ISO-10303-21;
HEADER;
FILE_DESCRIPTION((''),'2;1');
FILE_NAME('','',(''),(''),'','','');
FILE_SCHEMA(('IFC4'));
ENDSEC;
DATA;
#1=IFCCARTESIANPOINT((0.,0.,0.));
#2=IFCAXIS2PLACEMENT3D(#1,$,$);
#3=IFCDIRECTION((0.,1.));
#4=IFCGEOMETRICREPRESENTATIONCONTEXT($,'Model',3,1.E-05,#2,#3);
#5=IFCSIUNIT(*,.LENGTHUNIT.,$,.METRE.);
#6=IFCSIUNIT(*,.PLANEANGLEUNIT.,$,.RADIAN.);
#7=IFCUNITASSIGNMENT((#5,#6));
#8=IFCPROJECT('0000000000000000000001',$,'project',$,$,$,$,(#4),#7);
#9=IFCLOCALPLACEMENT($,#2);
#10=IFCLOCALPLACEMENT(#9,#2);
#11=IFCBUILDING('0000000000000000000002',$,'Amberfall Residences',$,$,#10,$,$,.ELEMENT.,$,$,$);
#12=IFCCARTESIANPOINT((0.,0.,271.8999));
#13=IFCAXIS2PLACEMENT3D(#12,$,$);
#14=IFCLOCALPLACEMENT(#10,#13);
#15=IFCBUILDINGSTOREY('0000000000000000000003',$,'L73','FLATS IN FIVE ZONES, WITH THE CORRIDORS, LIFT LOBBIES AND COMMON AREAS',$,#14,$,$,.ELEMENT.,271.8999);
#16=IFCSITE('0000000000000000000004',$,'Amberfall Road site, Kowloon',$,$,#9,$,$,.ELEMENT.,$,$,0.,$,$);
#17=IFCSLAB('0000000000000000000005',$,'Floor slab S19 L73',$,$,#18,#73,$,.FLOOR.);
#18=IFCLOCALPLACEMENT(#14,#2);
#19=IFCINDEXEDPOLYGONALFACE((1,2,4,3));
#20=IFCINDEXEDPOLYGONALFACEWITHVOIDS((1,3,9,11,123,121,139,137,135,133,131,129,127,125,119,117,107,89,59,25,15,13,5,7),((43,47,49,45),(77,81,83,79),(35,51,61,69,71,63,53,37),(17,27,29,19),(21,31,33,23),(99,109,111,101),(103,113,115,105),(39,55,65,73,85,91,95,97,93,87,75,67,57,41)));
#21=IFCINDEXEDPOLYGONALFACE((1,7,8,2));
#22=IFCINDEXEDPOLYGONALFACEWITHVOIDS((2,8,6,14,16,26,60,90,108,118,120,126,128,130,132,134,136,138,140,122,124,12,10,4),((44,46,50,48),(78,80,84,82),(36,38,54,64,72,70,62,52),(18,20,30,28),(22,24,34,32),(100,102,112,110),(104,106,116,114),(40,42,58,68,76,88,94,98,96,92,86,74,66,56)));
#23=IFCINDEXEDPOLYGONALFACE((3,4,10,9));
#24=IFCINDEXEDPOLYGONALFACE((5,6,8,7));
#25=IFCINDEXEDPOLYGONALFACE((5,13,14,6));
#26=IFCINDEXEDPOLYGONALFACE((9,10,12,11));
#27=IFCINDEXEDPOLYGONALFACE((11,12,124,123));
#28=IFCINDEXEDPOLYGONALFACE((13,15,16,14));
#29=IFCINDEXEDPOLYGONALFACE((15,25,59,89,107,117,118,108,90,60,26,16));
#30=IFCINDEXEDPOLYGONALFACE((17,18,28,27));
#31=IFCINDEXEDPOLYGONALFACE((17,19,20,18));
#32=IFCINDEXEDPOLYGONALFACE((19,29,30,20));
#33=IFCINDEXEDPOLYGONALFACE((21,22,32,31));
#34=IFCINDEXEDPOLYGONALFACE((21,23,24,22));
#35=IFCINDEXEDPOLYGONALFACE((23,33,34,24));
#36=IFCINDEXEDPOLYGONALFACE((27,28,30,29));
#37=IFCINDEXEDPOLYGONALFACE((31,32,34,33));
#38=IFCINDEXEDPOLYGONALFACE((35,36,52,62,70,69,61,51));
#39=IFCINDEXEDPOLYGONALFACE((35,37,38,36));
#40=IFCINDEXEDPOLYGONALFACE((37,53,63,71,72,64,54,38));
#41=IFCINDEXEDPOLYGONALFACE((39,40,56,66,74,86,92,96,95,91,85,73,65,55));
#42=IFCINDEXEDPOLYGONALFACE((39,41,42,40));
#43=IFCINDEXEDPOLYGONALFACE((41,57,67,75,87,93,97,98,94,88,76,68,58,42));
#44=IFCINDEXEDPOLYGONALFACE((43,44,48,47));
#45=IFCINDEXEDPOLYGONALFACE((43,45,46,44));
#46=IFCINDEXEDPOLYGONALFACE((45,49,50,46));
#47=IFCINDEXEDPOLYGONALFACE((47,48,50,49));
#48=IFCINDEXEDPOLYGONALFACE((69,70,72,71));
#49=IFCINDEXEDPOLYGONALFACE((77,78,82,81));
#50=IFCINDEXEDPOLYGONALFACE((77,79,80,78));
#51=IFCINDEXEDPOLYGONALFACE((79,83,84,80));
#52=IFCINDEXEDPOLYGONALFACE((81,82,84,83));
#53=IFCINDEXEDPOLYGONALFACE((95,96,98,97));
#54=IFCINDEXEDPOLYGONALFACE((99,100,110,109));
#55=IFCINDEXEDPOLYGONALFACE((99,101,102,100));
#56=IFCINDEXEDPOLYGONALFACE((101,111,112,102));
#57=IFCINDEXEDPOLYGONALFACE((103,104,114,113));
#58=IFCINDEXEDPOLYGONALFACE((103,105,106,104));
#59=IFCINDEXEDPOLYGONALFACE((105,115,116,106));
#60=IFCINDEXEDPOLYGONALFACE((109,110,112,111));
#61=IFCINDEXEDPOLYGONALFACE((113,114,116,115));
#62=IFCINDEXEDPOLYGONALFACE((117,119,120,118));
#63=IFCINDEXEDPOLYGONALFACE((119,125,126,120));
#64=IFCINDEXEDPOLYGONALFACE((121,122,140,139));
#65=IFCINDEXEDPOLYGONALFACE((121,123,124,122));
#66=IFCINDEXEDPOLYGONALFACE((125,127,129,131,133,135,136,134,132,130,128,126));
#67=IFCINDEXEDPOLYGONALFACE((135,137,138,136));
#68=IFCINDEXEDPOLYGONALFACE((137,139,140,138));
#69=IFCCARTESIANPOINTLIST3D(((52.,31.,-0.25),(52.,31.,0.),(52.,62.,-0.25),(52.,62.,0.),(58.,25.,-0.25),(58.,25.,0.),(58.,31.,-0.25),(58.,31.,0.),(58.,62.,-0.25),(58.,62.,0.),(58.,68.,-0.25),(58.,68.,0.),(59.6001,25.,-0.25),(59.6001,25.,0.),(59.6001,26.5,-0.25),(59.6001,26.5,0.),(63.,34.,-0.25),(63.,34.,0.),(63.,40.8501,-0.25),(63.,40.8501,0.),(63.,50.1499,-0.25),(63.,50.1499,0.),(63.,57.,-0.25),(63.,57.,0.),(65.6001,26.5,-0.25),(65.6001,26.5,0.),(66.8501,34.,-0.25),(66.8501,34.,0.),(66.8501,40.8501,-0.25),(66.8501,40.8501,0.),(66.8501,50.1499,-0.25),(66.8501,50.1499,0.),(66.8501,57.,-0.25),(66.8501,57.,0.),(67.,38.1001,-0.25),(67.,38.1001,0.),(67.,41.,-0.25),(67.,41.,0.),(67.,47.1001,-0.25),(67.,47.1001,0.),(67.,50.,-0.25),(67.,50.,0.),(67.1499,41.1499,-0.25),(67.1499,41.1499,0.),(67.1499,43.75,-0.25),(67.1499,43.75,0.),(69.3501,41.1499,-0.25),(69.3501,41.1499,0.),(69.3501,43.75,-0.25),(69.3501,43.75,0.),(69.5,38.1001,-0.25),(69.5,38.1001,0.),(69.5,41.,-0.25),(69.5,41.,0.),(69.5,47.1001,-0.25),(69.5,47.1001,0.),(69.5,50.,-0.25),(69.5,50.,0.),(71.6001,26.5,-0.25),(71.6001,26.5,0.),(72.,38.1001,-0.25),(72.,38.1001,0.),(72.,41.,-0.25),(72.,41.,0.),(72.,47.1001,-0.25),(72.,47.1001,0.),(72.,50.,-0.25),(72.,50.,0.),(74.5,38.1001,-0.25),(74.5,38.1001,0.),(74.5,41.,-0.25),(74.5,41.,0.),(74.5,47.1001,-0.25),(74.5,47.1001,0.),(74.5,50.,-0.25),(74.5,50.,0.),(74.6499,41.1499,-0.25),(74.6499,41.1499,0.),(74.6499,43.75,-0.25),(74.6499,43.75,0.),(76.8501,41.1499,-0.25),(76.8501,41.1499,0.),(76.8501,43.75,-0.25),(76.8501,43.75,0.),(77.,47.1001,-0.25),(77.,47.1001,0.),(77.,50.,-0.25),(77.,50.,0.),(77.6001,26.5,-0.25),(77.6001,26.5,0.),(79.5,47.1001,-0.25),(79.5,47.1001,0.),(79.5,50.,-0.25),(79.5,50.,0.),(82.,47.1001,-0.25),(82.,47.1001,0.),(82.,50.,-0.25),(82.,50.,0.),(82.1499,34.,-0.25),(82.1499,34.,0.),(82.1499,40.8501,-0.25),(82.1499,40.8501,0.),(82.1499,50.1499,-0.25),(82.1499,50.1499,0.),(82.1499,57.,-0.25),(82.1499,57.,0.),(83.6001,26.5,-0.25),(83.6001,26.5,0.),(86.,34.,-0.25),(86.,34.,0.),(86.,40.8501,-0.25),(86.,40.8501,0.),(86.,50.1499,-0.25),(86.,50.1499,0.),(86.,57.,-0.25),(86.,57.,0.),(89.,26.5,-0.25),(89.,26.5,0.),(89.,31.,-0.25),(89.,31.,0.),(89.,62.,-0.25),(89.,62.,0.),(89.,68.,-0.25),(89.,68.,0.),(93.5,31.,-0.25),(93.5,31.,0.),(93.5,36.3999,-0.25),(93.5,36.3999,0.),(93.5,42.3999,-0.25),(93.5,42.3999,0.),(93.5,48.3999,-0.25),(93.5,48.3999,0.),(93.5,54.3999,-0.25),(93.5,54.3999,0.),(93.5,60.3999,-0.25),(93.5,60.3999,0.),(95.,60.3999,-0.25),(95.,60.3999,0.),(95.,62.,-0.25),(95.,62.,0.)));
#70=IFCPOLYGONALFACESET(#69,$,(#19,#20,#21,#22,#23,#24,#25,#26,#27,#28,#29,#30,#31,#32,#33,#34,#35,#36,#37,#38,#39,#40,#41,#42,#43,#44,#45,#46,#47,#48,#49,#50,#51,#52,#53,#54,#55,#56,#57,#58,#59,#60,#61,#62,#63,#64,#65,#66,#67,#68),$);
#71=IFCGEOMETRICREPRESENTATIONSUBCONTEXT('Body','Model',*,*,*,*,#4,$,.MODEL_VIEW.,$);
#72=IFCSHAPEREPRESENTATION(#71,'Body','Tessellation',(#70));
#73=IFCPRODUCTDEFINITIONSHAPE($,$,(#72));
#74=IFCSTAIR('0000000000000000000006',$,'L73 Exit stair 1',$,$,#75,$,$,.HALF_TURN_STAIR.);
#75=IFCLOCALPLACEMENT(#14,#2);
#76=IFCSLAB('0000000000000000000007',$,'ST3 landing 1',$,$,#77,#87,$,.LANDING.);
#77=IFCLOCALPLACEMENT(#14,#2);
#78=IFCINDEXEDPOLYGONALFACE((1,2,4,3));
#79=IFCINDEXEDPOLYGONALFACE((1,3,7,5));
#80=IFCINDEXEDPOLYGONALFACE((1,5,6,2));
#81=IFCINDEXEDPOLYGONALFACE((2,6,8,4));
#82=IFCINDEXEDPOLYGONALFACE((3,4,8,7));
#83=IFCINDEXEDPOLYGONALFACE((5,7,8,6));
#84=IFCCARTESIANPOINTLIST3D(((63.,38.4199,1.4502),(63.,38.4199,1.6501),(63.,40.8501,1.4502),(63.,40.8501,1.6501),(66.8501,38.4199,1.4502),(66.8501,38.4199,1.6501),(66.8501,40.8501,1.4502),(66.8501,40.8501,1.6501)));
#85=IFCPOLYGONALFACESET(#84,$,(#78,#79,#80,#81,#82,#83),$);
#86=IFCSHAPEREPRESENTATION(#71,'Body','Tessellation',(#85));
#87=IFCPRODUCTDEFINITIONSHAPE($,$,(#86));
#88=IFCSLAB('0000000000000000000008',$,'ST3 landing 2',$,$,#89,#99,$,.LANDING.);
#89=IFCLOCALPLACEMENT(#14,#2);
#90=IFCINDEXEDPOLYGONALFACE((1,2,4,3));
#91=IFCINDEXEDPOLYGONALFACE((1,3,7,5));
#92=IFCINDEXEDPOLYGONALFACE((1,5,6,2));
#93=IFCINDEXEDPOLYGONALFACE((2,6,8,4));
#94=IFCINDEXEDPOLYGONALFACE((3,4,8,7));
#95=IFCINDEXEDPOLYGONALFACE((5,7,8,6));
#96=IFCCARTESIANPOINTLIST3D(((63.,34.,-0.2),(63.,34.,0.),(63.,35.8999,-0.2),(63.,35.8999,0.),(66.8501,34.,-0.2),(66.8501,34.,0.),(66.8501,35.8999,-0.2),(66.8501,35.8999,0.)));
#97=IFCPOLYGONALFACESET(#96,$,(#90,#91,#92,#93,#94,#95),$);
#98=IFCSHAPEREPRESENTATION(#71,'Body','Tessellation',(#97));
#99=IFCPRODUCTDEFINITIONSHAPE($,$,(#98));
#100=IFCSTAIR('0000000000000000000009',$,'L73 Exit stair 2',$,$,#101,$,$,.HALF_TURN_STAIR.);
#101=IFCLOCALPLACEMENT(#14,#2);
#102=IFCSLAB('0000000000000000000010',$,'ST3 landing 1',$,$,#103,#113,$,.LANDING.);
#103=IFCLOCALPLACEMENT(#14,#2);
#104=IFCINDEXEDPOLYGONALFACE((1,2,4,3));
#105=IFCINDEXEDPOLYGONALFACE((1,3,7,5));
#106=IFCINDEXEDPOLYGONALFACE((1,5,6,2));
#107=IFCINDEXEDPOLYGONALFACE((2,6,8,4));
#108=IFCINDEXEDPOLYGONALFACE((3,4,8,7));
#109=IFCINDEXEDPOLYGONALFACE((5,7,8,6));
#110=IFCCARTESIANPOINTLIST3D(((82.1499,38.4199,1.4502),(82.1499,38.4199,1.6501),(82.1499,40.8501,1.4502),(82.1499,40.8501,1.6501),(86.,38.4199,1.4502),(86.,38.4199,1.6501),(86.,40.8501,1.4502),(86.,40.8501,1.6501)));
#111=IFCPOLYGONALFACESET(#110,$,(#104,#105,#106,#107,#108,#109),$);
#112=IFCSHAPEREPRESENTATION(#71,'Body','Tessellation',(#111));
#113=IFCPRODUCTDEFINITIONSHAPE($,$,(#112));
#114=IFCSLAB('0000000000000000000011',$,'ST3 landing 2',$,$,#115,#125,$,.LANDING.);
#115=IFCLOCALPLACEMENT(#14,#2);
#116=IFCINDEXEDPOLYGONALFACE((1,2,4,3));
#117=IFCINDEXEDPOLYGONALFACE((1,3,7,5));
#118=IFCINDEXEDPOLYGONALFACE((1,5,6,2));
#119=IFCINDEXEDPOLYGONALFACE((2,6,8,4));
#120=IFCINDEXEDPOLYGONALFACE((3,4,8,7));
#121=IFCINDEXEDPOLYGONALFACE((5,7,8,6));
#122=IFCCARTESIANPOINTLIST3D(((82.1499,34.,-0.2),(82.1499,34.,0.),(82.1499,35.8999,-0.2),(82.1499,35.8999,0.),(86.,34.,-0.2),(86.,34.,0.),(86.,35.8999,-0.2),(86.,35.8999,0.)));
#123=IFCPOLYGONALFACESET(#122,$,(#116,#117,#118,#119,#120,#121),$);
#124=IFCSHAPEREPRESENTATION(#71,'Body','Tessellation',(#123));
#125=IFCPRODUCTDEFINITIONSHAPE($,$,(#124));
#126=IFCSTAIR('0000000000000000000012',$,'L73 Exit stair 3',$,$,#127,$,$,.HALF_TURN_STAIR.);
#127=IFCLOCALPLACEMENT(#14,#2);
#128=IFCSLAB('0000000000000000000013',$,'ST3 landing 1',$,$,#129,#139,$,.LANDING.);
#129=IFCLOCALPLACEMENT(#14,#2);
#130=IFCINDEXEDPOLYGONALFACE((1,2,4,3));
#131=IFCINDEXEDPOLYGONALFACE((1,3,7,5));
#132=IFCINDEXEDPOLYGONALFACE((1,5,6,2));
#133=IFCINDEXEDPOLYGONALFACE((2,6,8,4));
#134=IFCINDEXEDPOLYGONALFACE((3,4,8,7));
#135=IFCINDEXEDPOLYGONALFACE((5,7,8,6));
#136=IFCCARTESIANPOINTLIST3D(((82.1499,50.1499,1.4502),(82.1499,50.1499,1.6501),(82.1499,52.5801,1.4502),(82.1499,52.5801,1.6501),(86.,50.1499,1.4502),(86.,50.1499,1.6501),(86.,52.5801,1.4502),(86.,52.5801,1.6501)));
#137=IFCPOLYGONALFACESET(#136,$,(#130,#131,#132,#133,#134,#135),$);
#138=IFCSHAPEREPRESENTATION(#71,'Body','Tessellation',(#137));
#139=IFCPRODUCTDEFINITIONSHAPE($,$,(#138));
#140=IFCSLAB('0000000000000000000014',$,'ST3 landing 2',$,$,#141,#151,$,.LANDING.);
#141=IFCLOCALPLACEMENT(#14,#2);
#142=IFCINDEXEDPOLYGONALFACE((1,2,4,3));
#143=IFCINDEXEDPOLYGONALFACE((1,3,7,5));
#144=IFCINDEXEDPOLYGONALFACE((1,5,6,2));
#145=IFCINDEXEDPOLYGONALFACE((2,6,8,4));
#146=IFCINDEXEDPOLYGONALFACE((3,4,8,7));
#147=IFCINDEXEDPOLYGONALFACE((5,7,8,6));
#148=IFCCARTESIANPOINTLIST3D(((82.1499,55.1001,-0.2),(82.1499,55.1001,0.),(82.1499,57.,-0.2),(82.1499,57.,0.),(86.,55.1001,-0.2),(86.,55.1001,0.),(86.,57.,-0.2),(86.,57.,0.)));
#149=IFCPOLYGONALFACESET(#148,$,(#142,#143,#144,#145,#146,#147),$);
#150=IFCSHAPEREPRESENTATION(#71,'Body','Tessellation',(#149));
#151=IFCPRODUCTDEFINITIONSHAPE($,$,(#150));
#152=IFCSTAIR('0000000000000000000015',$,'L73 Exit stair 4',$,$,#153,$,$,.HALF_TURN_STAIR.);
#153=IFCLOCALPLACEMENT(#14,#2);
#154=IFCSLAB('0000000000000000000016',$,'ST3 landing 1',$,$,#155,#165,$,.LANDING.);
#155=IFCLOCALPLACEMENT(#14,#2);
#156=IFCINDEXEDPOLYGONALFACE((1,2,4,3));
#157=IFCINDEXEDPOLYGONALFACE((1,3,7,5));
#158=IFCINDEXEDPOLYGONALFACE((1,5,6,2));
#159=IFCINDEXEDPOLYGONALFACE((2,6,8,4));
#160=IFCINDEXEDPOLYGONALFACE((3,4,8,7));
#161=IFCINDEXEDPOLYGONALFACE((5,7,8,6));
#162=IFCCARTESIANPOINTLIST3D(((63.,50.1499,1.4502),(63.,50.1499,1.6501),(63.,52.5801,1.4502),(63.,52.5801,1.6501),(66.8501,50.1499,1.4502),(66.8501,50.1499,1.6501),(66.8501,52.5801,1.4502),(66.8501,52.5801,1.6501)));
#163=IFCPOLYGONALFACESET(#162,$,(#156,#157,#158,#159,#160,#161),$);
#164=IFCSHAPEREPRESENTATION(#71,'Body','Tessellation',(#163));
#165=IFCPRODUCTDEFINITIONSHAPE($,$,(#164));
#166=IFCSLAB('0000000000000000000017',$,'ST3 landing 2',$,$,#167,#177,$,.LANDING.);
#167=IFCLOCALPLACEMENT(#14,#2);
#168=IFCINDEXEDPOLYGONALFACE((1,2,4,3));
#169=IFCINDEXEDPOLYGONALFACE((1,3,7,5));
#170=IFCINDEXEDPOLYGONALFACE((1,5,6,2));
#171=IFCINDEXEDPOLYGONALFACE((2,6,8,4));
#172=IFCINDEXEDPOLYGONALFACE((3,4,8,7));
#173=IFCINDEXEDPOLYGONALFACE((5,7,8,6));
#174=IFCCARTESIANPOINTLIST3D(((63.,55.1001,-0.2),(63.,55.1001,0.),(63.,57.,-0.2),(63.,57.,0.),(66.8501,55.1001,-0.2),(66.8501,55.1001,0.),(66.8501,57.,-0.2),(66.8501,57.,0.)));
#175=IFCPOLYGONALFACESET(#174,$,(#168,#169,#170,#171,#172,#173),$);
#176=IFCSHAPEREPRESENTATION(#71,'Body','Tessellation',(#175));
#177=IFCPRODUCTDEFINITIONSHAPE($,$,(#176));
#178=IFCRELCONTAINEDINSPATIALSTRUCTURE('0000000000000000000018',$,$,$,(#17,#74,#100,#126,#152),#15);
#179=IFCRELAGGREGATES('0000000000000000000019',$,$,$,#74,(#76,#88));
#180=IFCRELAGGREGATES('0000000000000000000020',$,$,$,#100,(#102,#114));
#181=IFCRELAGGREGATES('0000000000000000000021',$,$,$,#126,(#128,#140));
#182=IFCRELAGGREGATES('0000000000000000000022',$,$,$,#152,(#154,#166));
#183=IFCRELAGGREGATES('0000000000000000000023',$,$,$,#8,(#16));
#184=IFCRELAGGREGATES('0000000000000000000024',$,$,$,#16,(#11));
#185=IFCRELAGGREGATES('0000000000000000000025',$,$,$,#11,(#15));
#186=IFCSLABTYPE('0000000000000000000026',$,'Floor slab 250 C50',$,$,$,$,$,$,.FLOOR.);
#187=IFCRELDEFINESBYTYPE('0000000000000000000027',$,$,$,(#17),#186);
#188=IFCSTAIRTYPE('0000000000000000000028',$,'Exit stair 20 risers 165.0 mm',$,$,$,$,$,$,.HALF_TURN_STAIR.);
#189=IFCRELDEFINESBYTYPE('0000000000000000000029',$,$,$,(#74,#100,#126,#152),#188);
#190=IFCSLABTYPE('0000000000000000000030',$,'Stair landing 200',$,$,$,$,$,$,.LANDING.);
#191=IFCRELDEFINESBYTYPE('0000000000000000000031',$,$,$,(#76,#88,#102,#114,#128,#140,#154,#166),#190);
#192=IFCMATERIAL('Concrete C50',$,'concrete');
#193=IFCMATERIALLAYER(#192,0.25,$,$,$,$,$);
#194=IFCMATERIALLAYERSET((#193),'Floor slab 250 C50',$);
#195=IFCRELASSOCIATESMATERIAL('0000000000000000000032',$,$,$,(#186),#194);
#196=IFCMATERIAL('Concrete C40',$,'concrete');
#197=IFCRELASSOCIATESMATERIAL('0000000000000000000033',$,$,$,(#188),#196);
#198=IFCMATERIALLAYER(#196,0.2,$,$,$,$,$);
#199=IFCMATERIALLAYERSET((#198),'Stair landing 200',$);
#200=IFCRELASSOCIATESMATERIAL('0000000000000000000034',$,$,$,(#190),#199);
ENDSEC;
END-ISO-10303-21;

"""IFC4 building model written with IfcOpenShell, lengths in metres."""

from ifc_helpers import new_model, si_unit, direction, frame, origin, place, context, subcontext, project, spatial, polyline, outline, extrude, material, layer, layer_set, type_object, element, aggregate, save


model = new_model("IFC4")

# Units and contexts
model_context = context("Model", 3, precision=1e-05, world=origin(), true_north=direction((0.0, 1.0)))
body_context = subcontext(model_context, "Body", "Model", "MODEL_VIEW")
ifc_project = project(units=[si_unit("LENGTHUNIT", "METRE"), si_unit("PLANEANGLEUNIT", "RADIAN")], contexts=[model_context])

# Site, building, storey
site_placement = place(None, origin())
site = spatial("IfcSite", under=ifc_project, at=site_placement, Name="Amberfall Road site, Kowloon", CompositionType="ELEMENT", RefElevation=0.0)
building_placement = place(site_placement, origin())
building = spatial("IfcBuilding", under=site, at=building_placement, Name="Amberfall Residences", CompositionType="ELEMENT")
storey_placement = place(building_placement, frame((0.0, 0.0, 271.8999)))
storey = spatial("IfcBuildingStorey", under=building, at=storey_placement, Name="L73", Description="FLATS IN FIVE ZONES, WITH THE CORRIDORS, LIFT LOBBIES AND COMMON AREAS", CompositionType="ELEMENT", Elevation=271.8999)

# Shared definitions
ifc_material_1 = material(Name="Concrete C50", Category="concrete")

# Slab
ifc_layer_1 = layer(ifc_material_1, 0.25)
ifc_layer_set_1 = layer_set([ifc_layer_1], Name="Floor slab 250 C50")
slab_type_1 = type_object("IfcSlabType", Name="Floor slab 250 C50", PredefinedType="FLOOR", material=ifc_layer_set_1)
slab_1_placement = place(storey_placement, frame((0.0, 0.0, -0.25)))
element("IfcSlab", 1, at=slab_1_placement, inside=storey, type_object=slab_type_1, Name="Floor slab S19 L73", PredefinedType="FLOOR", context=body_context, shape_type="SweptSolid", body=[
    extrude(outline(polyline([(83.6001, 26.5), (77.6001, 26.5), (71.6001, 26.5), (65.6001, 26.5), (59.6001, 26.5), (59.6001, 25.0), (58.0, 25.0), (58.0, 31.0), (52.0, 31.0), (52.0, 62.0), (58.0, 62.0), (58.0, 68.0), (89.0, 68.0), (89.0, 62.0), (95.0, 62.0), (95.0, 60.3999), (93.5, 60.3999), (93.5, 54.3999), (93.5, 48.3999), (93.5, 42.3999), (93.5, 36.3999), (93.5, 31.0), (89.0, 31.0), (89.0, 26.5), (83.6001, 26.5)]), holes=[polyline([(86.0, 34.0), (86.0, 40.8501), (82.1499, 40.8501), (82.1499, 34.0), (86.0, 34.0)]), polyline([(86.0, 50.1499), (86.0, 57.0), (82.1499, 57.0), (82.1499, 50.1499), (86.0, 50.1499)]), polyline([(72.0, 50.0), (69.5, 50.0), (67.0, 50.0), (67.0, 47.1001), (69.5, 47.1001), (72.0, 47.1001), (74.5, 47.1001), (77.0, 47.1001), (79.5, 47.1001), (82.0, 47.1001), (82.0, 50.0), (79.5, 50.0), (77.0, 50.0), (74.5, 50.0), (72.0, 50.0)]), polyline([(76.8501, 41.1499), (76.8501, 43.75), (74.6499, 43.75), (74.6499, 41.1499), (76.8501, 41.1499)]), polyline([(69.5, 41.0), (67.0, 41.0), (67.0, 38.1001), (69.5, 38.1001), (72.0, 38.1001), (74.5, 38.1001), (74.5, 41.0), (72.0, 41.0), (69.5, 41.0)]), polyline([(69.3501, 41.1499), (69.3501, 43.75), (67.1499, 43.75), (67.1499, 41.1499), (69.3501, 41.1499)]), polyline([(66.8501, 50.1499), (66.8501, 57.0), (63.0, 57.0), (63.0, 50.1499), (66.8501, 50.1499)]), polyline([(66.8501, 40.8501), (63.0, 40.8501), (63.0, 34.0), (66.8501, 34.0), (66.8501, 40.8501)])]), origin(), (0.0, 0.0, 1.0), 0.25),
])

# Stairs, slabs
ifc_material_2 = material(Name="Concrete C40", Category="concrete")
stair_type = type_object("IfcStairType", Name="Exit stair 20 risers 165.0 mm", PredefinedType="HALF_TURN_STAIR", material=ifc_material_2)
stair_1_placement = place(storey_placement, origin())
stair_1 = element("IfcStair", 2, at=stair_1_placement, inside=storey, type_object=stair_type, Name="L73 Exit stair 1", PredefinedType="HALF_TURN_STAIR")
ifc_layer_2 = layer(ifc_material_2, 0.2)
ifc_layer_set_2 = layer_set([ifc_layer_2], Name="Stair landing 200")
slab_type_2 = type_object("IfcSlabType", Name="Stair landing 200", PredefinedType="LANDING", material=ifc_layer_set_2)
slab_2_placement = place(storey_placement, frame((0.0, 0.0, 1.4502)))
slab_2 = element("IfcSlab", 3, at=slab_2_placement, type_object=slab_type_2, Name="ST3 landing 1", PredefinedType="LANDING", context=body_context, shape_type="SweptSolid", body=[
    extrude(outline(polyline([(66.8501, 38.4199), (66.8501, 40.8501), (63.0, 40.8501), (63.0, 38.4199), (66.8501, 38.4199)])), origin(), (0.0, 0.0, 1.0), 0.2),
])
slab_3_placement = place(storey_placement, frame((0.0, 0.0, -0.2)))
slab_3 = element("IfcSlab", 4, at=slab_3_placement, type_object=slab_type_2, Name="ST3 landing 2", PredefinedType="LANDING", context=body_context, shape_type="SweptSolid", body=[
    extrude(outline(polyline([(66.8501, 34.0), (66.8501, 35.8999), (63.0, 35.8999), (63.0, 34.0), (66.8501, 34.0)])), origin(), (0.0, 0.0, 1.0), 0.2),
])
aggregate(stair_1, [slab_2, slab_3])
stair_2_placement = place(storey_placement, origin())
stair_2 = element("IfcStair", 5, at=stair_2_placement, inside=storey, type_object=stair_type, Name="L73 Exit stair 2", PredefinedType="HALF_TURN_STAIR")
slab_4_placement = place(storey_placement, frame((0.0, 0.0, 1.4502)))
slab_4 = element("IfcSlab", 6, at=slab_4_placement, type_object=slab_type_2, Name="ST3 landing 1", PredefinedType="LANDING", context=body_context, shape_type="SweptSolid", body=[
    extrude(outline(polyline([(86.0, 38.4199), (86.0, 40.8501), (82.1499, 40.8501), (82.1499, 38.4199), (86.0, 38.4199)])), origin(), (0.0, 0.0, 1.0), 0.2),
])
slab_5_placement = place(storey_placement, frame((0.0, 0.0, -0.2)))
slab_5 = element("IfcSlab", 7, at=slab_5_placement, type_object=slab_type_2, Name="ST3 landing 2", PredefinedType="LANDING", context=body_context, shape_type="SweptSolid", body=[
    extrude(outline(polyline([(86.0, 34.0), (86.0, 35.8999), (82.1499, 35.8999), (82.1499, 34.0), (86.0, 34.0)])), origin(), (0.0, 0.0, 1.0), 0.2),
])
aggregate(stair_2, [slab_4, slab_5])
stair_3_placement = place(storey_placement, origin())
stair_3 = element("IfcStair", 8, at=stair_3_placement, inside=storey, type_object=stair_type, Name="L73 Exit stair 3", PredefinedType="HALF_TURN_STAIR")
slab_6_placement = place(storey_placement, frame((0.0, 0.0, 1.4502)))
slab_6 = element("IfcSlab", 9, at=slab_6_placement, type_object=slab_type_2, Name="ST3 landing 1", PredefinedType="LANDING", context=body_context, shape_type="SweptSolid", body=[
    extrude(outline(polyline([(82.1499, 52.5801), (82.1499, 50.1499), (86.0, 50.1499), (86.0, 52.5801), (82.1499, 52.5801)])), origin(), (0.0, 0.0, 1.0), 0.2),
])
slab_7_placement = place(storey_placement, frame((0.0, 0.0, -0.2)))
slab_7 = element("IfcSlab", 10, at=slab_7_placement, type_object=slab_type_2, Name="ST3 landing 2", PredefinedType="LANDING", context=body_context, shape_type="SweptSolid", body=[
    extrude(outline(polyline([(82.1499, 57.0), (82.1499, 55.1001), (86.0, 55.1001), (86.0, 57.0), (82.1499, 57.0)])), origin(), (0.0, 0.0, 1.0), 0.2),
])
aggregate(stair_3, [slab_6, slab_7])
stair_4_placement = place(storey_placement, origin())
stair_4 = element("IfcStair", 11, at=stair_4_placement, inside=storey, type_object=stair_type, Name="L73 Exit stair 4", PredefinedType="HALF_TURN_STAIR")
slab_8_placement = place(storey_placement, frame((0.0, 0.0, 1.4502)))
slab_8 = element("IfcSlab", 12, at=slab_8_placement, type_object=slab_type_2, Name="ST3 landing 1", PredefinedType="LANDING", context=body_context, shape_type="SweptSolid", body=[
    extrude(outline(polyline([(63.0, 52.5801), (63.0, 50.1499), (66.8501, 50.1499), (66.8501, 52.5801), (63.0, 52.5801)])), origin(), (0.0, 0.0, 1.0), 0.2),
])
slab_9_placement = place(storey_placement, frame((0.0, 0.0, -0.2)))
slab_9 = element("IfcSlab", 13, at=slab_9_placement, type_object=slab_type_2, Name="ST3 landing 2", PredefinedType="LANDING", context=body_context, shape_type="SweptSolid", body=[
    extrude(outline(polyline([(63.0, 57.0), (63.0, 55.1001), (66.8501, 55.1001), (66.8501, 57.0), (63.0, 57.0)])), origin(), (0.0, 0.0, 1.0), 0.2),
])
aggregate(stair_4, [slab_8, slab_9])

save(model, "model.ifc")
